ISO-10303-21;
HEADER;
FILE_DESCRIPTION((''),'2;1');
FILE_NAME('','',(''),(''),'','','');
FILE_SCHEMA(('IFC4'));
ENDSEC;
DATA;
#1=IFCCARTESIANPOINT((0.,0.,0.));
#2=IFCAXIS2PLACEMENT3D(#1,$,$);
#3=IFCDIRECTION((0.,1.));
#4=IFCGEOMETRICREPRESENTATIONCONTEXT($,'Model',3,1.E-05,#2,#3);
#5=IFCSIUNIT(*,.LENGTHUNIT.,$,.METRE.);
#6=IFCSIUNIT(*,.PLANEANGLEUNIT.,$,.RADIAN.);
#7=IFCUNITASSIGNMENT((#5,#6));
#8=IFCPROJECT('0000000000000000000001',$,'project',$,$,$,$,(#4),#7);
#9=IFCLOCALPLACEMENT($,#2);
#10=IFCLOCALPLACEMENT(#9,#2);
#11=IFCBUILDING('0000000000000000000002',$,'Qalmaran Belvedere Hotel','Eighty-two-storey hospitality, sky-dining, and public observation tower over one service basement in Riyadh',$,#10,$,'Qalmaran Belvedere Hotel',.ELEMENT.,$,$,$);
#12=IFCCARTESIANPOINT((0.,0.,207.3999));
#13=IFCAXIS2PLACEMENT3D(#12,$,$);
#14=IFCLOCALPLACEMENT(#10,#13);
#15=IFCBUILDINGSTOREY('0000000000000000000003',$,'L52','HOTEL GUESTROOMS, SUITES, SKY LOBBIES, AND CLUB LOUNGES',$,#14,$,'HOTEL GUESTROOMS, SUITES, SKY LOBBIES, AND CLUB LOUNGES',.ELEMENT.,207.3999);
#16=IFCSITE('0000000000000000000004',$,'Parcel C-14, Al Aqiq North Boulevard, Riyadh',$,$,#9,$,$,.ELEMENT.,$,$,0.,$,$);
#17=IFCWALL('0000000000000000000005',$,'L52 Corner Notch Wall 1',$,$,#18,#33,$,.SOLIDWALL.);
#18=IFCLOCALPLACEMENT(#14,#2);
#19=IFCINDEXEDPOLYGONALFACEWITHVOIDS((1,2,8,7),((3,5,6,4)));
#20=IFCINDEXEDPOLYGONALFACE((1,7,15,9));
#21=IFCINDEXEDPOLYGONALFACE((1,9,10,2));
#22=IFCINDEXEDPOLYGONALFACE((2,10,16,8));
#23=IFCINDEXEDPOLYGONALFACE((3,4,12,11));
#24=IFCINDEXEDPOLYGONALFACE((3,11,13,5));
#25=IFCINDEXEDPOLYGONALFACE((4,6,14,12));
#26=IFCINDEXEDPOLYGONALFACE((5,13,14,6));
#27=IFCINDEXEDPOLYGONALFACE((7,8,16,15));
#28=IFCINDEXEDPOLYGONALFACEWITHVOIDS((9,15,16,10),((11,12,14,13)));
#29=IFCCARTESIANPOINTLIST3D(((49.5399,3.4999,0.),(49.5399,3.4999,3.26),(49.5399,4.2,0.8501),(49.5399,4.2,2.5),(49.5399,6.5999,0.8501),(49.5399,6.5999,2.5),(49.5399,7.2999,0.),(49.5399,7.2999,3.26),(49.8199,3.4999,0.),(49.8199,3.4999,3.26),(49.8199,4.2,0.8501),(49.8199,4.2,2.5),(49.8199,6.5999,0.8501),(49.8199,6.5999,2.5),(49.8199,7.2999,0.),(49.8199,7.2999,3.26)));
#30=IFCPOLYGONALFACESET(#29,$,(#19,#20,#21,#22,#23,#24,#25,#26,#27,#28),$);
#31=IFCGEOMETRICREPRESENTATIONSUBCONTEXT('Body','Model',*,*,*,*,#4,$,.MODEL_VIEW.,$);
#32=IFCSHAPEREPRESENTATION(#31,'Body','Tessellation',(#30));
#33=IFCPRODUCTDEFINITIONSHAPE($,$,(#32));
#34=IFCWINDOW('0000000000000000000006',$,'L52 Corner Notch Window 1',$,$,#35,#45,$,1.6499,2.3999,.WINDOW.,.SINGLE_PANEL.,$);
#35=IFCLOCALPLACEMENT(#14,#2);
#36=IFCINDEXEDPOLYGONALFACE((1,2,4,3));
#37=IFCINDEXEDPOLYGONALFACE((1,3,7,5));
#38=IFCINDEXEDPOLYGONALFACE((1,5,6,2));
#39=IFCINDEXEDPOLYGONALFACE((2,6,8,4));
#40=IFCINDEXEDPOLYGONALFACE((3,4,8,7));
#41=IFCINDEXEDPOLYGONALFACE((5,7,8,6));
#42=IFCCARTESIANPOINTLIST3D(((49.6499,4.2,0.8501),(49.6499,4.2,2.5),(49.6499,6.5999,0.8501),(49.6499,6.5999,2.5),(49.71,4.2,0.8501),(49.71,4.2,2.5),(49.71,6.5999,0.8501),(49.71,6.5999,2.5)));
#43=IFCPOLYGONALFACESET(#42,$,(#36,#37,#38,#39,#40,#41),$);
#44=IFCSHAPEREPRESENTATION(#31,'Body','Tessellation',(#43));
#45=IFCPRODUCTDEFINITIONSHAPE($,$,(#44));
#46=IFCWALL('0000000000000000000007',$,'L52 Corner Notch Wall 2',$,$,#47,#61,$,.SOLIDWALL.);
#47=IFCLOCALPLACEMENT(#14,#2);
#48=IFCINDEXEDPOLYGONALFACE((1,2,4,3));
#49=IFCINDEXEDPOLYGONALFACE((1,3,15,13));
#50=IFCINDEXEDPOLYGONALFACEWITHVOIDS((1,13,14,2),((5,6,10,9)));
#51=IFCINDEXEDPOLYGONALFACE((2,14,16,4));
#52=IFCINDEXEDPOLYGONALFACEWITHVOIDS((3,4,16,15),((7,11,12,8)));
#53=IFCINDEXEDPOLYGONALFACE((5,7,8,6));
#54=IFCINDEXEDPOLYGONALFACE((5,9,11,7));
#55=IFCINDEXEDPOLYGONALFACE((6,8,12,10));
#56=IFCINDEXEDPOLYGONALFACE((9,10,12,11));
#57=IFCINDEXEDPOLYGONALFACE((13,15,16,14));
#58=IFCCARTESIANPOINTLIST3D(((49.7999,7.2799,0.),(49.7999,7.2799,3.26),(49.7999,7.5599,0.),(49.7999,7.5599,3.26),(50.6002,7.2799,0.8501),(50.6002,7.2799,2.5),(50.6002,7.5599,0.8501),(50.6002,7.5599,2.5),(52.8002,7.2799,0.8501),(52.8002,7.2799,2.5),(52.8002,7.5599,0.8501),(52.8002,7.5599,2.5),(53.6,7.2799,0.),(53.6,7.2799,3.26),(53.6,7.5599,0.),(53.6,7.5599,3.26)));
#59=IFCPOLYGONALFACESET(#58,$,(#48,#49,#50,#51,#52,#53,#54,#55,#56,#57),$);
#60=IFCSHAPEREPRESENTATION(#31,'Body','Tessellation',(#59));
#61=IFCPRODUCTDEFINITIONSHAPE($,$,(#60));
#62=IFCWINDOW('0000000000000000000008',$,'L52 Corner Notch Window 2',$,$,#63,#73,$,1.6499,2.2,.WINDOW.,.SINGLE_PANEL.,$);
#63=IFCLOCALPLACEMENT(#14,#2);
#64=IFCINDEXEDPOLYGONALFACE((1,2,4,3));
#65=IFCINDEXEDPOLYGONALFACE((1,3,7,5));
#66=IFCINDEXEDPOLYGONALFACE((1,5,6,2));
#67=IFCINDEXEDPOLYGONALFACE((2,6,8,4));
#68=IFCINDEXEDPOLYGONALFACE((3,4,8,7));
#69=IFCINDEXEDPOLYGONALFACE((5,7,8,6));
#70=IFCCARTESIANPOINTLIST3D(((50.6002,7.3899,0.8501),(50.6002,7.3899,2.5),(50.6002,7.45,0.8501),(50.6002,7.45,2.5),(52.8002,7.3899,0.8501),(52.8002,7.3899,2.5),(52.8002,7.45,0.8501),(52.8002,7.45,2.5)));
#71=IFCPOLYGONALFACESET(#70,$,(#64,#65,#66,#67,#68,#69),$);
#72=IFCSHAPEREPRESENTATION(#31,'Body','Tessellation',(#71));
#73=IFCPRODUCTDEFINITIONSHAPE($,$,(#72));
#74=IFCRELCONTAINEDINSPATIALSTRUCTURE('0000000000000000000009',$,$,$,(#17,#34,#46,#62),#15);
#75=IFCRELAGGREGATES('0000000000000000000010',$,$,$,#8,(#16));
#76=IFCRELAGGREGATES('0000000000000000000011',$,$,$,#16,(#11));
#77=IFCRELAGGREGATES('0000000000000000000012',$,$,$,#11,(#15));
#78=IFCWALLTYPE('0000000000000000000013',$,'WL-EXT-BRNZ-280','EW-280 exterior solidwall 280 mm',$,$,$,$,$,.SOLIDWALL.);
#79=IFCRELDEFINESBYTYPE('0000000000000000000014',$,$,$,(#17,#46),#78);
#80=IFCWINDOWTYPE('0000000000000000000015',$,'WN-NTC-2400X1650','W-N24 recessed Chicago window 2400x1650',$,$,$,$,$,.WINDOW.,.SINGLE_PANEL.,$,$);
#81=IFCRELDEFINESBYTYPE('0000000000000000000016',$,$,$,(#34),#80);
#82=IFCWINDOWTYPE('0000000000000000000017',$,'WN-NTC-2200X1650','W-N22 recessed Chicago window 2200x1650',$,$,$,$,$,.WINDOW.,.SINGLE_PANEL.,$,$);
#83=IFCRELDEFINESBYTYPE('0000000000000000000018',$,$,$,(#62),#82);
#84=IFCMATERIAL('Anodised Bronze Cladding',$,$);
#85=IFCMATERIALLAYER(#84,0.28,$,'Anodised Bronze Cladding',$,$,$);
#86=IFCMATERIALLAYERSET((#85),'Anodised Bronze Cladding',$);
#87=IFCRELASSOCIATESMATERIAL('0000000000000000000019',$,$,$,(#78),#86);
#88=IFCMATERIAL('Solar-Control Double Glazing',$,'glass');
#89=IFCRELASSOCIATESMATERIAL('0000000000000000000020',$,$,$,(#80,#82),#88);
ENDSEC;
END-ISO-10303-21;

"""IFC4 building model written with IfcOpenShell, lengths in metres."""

from ifc_helpers import new_model, si_unit, direction, frame, frame_2d, origin, place, context, subcontext, project, spatial, rectangle, extrude, material, layer, layer_set, type_object, element, fill, save


model = new_model("IFC4")

# Units and contexts
model_context = context("Model", 3, precision=1e-05, world=origin(), true_north=direction((0.0, 1.0)))
body_context = subcontext(model_context, "Body", "Model", "MODEL_VIEW")
ifc_project = project(units=[si_unit("LENGTHUNIT", "METRE"), si_unit("PLANEANGLEUNIT", "RADIAN")], contexts=[model_context])

# Site, building, storey
site_placement = place(None, origin())
site = spatial("IfcSite", under=ifc_project, at=site_placement, Name="Parcel C-14, Al Aqiq North Boulevard, Riyadh", CompositionType="ELEMENT", RefElevation=0.0)
building_placement = place(site_placement, origin())
building = spatial("IfcBuilding", under=site, at=building_placement, Name="Qalmaran Belvedere Hotel", Description="Eighty-two-storey hospitality, sky-dining, and public observation tower over one service basement in Riyadh", LongName="Qalmaran Belvedere Hotel", CompositionType="ELEMENT")
storey_placement = place(building_placement, frame((0.0, 0.0, 207.3999)))
storey = spatial("IfcBuildingStorey", under=building, at=storey_placement, Name="L52", Description="HOTEL GUESTROOMS, SUITES, SKY LOBBIES, AND CLUB LOUNGES", LongName="HOTEL GUESTROOMS, SUITES, SKY LOBBIES, AND CLUB LOUNGES", CompositionType="ELEMENT", Elevation=207.3999)

# Shared definitions
ifc_material_1 = material(Name="Solar-Control Double Glazing", Category="glass")

# Walls, openings, windows
ifc_material_2 = material(Name="Anodised Bronze Cladding")
ifc_layer_1 = layer(ifc_material_2, 0.28, Name="Anodised Bronze Cladding")
ifc_layer_set_1 = layer_set([ifc_layer_1], Name="Anodised Bronze Cladding")
wall_type_1 = type_object("IfcWallType", Name="WL-EXT-BRNZ-280", Description="EW-280 exterior solidwall 280 mm", PredefinedType="SOLIDWALL", material=ifc_layer_set_1)
wall_1_placement = place(storey_placement, frame((49.6799, 3.5, 0.0), z_axis=(0.0, 0.0, 1.0), x_axis=(0.0, 1.0, 0.0)))
wall_1 = element("IfcWall", 1, at=wall_1_placement, inside=storey, type_object=wall_type_1, Name="L52 Corner Notch Wall 1", PredefinedType="SOLIDWALL", context=body_context, shape_type="SweptSolid", body=[
    extrude(rectangle(XDim=3.8, YDim=0.28, at=frame_2d((1.8999, 0.0))), origin(), (0.0, 0.0, 1.0), 3.26),
])
opening_1_placement = place(wall_1_placement, frame((0.7, 0.0, 0.8501)))
opening_1 = element("IfcOpeningElement", 2, at=opening_1_placement, cuts=wall_1, PredefinedType="OPENING", context=body_context, shape_type="SweptSolid", body=[
    extrude(rectangle(XDim=2.3999, YDim=1.6499, at=frame_2d((1.2, 0.825))), frame((0.0, 0.1499, 0.0), z_axis=(0.0, -1.0, 0.0), x_axis=(1.0, 0.0, 0.0)), (0.0, 0.0, 1.0), 0.3),
])
window_type_1 = type_object("IfcWindowType", Name="WN-NTC-2400X1650", Description="W-N24 recessed Chicago window 2400x1650", PartitioningType="SINGLE_PANEL", PredefinedType="WINDOW", material=ifc_material_1)
window_1_placement = place(opening_1_placement, origin())
window_1 = element("IfcWindow", 3, at=window_1_placement, inside=storey, type_object=window_type_1, Name="L52 Corner Notch Window 1", OverallHeight=1.6499, OverallWidth=2.3999, PartitioningType="SINGLE_PANEL", PredefinedType="WINDOW", context=body_context, shape_type="SweptSolid", body=[
    extrude(rectangle(XDim=2.3999, YDim=1.6499, at=frame_2d((1.2, 0.825))), frame((0.0, 0.03, 0.0), z_axis=(0.0, -1.0, 0.0), x_axis=(1.0, 0.0, 0.0)), (0.0, 0.0, 1.0), 0.0601),
])
fill(opening_1, window_1)
wall_2_placement = place(storey_placement, frame((49.8, 7.4199, 0.0), z_axis=(0.0, 0.0, 1.0), x_axis=(1.0, 0.0, 0.0)))
wall_2 = element("IfcWall", 4, at=wall_2_placement, inside=storey, type_object=wall_type_1, Name="L52 Corner Notch Wall 2", PredefinedType="SOLIDWALL", context=body_context, shape_type="SweptSolid", body=[
    extrude(rectangle(XDim=3.8, YDim=0.28, at=frame_2d((1.8999, 0.0))), origin(), (0.0, 0.0, 1.0), 3.26),
])
opening_2_placement = place(wall_2_placement, frame((0.8, 0.0, 0.8501)))
opening_2 = element("IfcOpeningElement", 5, at=opening_2_placement, cuts=wall_2, PredefinedType="OPENING", context=body_context, shape_type="SweptSolid", body=[
    extrude(rectangle(XDim=2.2, YDim=1.6499, at=frame_2d((1.1001, 0.825))), frame((0.0, 0.1499, 0.0), z_axis=(0.0, -1.0, 0.0), x_axis=(1.0, 0.0, 0.0)), (0.0, 0.0, 1.0), 0.3),
])
window_type_2 = type_object("IfcWindowType", Name="WN-NTC-2200X1650", Description="W-N22 recessed Chicago window 2200x1650", PartitioningType="SINGLE_PANEL", PredefinedType="WINDOW", material=ifc_material_1)
window_2_placement = place(opening_2_placement, origin())
window_2 = element("IfcWindow", 6, at=window_2_placement, inside=storey, type_object=window_type_2, Name="L52 Corner Notch Window 2", OverallHeight=1.6499, OverallWidth=2.2, PartitioningType="SINGLE_PANEL", PredefinedType="WINDOW", context=body_context, shape_type="SweptSolid", body=[
    extrude(rectangle(XDim=2.2, YDim=1.6499, at=frame_2d((1.1001, 0.825))), frame((0.0, 0.03, 0.0), z_axis=(0.0, -1.0, 0.0), x_axis=(1.0, 0.0, 0.0)), (0.0, 0.0, 1.0), 0.0601),
])
fill(opening_2, window_2)

save(model, "model.ifc")
